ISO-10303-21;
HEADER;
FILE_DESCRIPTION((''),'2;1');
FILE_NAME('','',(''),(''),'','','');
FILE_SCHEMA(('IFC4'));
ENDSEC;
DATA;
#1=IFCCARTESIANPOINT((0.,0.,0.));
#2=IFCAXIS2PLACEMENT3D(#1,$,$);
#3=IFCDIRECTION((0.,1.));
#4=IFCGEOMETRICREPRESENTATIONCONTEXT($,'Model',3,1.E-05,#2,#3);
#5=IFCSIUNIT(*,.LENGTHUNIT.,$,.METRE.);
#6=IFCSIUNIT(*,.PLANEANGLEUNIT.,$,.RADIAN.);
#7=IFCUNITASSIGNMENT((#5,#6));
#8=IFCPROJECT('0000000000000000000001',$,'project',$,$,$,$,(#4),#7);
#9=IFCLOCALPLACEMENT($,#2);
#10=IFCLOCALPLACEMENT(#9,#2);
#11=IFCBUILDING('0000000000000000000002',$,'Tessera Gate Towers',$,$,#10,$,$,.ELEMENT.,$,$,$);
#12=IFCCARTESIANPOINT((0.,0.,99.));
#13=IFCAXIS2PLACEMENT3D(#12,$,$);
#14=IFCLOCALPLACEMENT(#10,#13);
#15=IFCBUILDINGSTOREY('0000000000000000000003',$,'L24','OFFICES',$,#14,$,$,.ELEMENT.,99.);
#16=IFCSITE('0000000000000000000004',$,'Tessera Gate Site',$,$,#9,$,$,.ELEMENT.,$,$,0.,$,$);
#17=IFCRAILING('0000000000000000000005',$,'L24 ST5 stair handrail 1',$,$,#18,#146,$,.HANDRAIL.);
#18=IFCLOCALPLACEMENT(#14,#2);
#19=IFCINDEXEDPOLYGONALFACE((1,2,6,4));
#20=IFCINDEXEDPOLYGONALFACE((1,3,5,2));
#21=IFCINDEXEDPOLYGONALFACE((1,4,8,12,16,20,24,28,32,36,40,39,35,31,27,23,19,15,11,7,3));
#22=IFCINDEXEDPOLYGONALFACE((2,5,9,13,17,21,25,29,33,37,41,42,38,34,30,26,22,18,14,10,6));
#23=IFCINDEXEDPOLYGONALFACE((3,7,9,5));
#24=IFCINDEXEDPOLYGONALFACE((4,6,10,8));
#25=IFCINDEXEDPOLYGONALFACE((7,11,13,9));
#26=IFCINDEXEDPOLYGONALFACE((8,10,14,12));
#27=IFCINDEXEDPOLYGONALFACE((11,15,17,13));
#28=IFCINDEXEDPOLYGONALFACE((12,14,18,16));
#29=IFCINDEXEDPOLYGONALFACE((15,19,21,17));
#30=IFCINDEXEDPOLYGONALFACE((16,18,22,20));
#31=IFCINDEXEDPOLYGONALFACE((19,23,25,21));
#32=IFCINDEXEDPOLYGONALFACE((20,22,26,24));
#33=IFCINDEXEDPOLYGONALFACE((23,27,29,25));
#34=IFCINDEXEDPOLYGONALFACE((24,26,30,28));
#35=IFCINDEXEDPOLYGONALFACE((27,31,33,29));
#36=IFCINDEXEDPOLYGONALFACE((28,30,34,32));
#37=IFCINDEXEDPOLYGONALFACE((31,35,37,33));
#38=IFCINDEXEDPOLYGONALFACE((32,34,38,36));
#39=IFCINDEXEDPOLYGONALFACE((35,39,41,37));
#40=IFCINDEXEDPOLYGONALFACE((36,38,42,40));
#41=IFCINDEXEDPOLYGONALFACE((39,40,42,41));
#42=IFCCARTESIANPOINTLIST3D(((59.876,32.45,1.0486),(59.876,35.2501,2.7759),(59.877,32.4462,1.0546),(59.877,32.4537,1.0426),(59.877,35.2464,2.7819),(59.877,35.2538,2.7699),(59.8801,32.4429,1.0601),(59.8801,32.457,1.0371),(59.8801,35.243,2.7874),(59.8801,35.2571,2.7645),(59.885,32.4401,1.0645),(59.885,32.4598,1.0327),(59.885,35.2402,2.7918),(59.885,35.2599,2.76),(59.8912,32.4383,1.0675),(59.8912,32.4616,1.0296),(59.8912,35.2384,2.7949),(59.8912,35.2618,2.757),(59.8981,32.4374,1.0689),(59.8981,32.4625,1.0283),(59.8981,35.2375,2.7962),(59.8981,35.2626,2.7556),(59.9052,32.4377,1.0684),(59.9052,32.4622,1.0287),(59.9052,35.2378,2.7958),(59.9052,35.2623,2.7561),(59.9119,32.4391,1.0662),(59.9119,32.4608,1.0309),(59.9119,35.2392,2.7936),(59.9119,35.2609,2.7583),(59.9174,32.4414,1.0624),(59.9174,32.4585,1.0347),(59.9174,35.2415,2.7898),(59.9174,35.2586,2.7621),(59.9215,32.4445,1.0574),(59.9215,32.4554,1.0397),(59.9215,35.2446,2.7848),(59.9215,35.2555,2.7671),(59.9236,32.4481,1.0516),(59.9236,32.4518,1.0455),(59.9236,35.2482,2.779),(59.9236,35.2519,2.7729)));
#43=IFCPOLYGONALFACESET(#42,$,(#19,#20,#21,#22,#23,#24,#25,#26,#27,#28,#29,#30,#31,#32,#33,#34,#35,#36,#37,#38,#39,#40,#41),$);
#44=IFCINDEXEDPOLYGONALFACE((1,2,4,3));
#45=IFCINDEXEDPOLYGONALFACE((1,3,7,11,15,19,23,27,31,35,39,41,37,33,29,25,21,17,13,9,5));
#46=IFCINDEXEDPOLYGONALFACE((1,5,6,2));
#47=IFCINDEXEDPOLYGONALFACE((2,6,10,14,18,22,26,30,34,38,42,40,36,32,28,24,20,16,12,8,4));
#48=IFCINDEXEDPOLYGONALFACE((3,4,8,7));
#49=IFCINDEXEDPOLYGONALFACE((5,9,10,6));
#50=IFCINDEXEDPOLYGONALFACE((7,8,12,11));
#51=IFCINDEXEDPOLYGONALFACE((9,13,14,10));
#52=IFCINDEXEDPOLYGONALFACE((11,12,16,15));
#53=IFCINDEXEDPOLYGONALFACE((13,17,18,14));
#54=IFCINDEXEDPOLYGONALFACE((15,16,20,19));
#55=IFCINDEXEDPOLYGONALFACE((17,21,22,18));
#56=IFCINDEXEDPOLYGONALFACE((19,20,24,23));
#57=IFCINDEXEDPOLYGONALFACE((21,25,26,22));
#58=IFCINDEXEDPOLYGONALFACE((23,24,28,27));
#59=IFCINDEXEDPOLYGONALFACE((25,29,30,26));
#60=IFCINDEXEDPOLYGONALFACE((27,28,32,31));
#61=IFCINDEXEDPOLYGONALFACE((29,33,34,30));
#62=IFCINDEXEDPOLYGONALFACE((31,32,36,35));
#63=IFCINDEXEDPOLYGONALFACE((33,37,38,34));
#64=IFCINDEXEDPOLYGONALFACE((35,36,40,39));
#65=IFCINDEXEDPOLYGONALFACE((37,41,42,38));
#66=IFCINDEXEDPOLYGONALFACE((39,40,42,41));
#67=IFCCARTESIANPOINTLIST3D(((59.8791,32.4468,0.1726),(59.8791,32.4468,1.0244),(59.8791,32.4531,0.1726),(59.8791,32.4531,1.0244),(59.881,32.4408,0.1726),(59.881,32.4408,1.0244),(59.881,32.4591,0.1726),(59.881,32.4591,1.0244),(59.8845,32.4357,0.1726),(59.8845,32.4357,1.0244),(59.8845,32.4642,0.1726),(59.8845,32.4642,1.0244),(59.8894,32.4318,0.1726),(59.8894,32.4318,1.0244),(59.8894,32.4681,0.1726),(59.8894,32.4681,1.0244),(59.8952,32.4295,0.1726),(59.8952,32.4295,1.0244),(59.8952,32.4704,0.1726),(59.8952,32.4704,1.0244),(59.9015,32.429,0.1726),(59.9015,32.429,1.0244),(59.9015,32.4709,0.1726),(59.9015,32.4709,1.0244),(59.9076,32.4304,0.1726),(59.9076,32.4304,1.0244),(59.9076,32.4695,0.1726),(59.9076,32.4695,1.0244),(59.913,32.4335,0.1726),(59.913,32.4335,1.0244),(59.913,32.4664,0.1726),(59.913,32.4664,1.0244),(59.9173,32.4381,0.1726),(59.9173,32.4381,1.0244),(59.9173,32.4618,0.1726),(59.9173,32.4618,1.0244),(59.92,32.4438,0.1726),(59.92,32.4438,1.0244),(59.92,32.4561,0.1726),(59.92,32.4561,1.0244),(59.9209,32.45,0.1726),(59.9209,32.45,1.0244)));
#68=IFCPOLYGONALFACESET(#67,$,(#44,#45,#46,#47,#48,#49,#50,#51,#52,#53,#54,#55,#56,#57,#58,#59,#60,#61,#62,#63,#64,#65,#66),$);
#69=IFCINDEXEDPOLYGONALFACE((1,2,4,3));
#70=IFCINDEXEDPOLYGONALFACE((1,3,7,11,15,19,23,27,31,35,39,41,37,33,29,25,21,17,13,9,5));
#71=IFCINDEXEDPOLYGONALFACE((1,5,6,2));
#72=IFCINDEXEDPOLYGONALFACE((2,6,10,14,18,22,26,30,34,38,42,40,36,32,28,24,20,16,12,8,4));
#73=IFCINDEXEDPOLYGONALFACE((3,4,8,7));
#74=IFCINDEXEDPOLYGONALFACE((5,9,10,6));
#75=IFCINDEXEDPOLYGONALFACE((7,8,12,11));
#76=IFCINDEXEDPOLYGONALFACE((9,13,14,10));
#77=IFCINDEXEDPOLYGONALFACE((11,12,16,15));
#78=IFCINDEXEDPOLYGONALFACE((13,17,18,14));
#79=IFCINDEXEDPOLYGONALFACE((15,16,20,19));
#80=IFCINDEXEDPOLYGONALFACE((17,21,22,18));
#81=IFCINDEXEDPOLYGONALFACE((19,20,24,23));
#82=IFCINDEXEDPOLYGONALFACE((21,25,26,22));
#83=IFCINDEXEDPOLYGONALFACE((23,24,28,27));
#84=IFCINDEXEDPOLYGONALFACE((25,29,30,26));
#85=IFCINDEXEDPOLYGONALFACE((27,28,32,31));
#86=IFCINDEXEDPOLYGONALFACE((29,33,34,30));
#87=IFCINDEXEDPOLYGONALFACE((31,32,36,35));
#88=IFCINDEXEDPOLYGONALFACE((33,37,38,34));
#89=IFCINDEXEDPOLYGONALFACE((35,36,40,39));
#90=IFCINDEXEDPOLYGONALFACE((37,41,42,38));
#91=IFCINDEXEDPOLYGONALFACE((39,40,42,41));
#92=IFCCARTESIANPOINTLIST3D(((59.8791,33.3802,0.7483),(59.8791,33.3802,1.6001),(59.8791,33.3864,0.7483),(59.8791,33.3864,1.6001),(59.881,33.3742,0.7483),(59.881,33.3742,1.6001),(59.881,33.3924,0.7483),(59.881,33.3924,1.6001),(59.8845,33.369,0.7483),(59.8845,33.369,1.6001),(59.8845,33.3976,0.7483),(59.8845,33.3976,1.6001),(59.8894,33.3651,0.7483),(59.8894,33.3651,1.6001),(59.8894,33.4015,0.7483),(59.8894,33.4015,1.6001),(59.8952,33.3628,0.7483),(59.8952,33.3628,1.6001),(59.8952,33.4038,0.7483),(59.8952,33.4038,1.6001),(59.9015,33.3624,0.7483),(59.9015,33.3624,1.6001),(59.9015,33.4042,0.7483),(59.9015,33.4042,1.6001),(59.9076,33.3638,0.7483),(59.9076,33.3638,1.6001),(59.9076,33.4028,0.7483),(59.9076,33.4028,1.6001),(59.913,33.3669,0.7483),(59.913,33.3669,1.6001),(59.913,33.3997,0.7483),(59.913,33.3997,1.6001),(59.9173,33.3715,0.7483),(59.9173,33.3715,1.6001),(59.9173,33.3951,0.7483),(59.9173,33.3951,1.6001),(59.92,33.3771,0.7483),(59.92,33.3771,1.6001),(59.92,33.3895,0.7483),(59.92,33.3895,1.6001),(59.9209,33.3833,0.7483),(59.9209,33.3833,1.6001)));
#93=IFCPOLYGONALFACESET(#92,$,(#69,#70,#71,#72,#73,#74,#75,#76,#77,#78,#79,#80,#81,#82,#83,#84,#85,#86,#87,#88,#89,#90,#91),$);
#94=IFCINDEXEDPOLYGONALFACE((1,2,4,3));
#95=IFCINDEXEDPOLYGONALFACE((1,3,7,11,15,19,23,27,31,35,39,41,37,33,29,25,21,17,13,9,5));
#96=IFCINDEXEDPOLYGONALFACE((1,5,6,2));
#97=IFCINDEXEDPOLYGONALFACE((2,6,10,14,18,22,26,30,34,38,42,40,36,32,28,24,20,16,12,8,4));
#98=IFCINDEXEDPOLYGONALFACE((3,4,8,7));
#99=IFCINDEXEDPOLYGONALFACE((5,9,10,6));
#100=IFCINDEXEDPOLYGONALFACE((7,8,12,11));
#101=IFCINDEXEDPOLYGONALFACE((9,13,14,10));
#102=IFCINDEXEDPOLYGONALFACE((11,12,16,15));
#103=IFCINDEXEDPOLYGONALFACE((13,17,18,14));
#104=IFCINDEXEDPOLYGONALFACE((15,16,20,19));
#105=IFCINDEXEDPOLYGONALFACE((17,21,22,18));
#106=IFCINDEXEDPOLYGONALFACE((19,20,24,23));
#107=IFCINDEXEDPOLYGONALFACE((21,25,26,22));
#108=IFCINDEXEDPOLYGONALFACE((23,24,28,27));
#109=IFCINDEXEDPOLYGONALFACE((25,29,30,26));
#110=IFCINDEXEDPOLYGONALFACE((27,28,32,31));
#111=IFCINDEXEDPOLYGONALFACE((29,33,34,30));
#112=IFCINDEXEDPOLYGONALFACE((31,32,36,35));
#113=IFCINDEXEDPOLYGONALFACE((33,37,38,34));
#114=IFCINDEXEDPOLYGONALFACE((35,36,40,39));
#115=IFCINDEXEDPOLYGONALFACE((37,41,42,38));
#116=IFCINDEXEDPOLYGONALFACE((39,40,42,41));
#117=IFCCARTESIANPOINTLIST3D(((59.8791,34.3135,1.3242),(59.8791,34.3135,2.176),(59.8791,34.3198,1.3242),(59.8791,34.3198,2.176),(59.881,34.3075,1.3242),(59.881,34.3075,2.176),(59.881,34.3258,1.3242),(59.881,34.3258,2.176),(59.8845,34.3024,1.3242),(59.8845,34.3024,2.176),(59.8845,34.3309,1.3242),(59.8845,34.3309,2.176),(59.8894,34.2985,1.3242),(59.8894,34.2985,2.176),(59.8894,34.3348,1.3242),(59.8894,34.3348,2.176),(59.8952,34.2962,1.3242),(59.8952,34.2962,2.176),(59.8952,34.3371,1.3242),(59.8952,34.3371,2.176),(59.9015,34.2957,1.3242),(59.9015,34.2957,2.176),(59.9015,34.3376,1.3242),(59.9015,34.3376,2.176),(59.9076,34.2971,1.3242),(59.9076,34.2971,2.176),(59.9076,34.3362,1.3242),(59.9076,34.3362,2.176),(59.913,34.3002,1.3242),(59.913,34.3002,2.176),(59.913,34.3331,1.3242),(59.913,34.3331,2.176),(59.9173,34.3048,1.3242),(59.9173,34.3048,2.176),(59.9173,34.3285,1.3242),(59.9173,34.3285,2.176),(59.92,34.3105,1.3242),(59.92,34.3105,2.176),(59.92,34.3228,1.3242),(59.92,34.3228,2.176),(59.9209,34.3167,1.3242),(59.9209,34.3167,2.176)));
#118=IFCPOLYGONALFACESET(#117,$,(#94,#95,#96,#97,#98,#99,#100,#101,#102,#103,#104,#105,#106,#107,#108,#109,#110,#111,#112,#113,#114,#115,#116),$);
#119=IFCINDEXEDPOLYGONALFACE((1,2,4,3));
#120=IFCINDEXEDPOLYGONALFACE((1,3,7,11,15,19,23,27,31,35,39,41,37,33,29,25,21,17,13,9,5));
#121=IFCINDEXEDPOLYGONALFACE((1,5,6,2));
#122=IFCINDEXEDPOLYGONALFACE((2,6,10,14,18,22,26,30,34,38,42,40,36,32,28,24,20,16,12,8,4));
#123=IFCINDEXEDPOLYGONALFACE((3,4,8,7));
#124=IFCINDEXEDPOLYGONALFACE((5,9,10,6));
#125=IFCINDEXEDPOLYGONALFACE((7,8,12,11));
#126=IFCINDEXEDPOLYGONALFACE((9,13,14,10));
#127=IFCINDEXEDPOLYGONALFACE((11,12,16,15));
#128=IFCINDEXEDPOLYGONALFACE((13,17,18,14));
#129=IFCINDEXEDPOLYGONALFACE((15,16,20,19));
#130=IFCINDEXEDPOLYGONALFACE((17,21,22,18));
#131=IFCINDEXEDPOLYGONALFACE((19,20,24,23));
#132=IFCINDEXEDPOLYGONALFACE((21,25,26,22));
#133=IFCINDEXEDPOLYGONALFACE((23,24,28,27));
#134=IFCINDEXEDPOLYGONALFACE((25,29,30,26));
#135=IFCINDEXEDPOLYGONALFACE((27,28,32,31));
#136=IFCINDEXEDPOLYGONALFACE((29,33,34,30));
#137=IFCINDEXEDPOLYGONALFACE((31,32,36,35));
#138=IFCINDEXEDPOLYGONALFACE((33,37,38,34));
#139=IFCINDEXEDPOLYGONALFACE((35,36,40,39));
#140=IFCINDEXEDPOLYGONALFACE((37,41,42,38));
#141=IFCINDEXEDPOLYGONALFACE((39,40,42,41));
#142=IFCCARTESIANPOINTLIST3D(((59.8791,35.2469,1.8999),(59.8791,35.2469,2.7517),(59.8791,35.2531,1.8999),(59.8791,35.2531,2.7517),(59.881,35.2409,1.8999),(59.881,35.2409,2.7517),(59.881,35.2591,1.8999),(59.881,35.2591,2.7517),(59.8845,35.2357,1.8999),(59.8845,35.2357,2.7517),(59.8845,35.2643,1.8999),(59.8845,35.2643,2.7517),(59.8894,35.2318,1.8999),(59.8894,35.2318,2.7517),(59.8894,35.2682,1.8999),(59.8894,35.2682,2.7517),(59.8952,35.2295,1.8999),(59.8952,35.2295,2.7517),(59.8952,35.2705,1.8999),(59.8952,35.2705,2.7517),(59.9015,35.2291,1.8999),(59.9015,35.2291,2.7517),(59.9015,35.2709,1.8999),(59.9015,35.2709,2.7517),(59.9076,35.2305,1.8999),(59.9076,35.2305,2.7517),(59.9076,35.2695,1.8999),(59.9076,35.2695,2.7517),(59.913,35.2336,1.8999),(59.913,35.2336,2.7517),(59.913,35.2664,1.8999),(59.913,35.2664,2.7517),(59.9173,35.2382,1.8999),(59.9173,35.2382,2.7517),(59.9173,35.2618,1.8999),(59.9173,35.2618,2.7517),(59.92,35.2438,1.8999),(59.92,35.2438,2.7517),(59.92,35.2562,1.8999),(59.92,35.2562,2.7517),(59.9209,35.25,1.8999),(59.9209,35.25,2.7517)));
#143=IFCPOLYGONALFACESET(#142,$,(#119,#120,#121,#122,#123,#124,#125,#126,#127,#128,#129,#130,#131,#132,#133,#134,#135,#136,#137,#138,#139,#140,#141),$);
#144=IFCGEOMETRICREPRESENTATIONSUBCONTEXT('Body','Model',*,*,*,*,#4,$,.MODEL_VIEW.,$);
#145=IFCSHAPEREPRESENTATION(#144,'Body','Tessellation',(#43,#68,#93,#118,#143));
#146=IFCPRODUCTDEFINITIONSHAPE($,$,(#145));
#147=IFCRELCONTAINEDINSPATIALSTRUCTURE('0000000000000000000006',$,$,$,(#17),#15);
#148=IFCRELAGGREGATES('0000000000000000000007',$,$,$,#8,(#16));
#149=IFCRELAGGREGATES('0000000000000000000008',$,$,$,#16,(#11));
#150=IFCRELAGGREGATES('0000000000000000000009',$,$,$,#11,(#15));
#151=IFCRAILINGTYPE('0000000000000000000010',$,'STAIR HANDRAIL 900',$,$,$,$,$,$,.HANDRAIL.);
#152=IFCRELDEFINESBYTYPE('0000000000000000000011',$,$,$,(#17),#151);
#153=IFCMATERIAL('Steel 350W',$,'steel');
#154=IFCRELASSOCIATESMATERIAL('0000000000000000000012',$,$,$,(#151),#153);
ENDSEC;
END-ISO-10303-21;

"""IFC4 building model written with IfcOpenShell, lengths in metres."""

from ifc_helpers import new_model, si_unit, direction, frame, origin, origin_2d, place, context, subcontext, project, spatial, circle, extrude, material, type_object, element, save


model = new_model("IFC4")

# Units and contexts
model_context = context("Model", 3, precision=1e-05, world=origin(), true_north=direction((0.0, 1.0)))
body_context = subcontext(model_context, "Body", "Model", "MODEL_VIEW")
ifc_project = project(units=[si_unit("LENGTHUNIT", "METRE"), si_unit("PLANEANGLEUNIT", "RADIAN")], contexts=[model_context])

# Site, building, storey
site_placement = place(None, origin())
site = spatial("IfcSite", under=ifc_project, at=site_placement, Name="Tessera Gate Site", CompositionType="ELEMENT", RefElevation=0.0)
building_placement = place(site_placement, origin())
building = spatial("IfcBuilding", under=site, at=building_placement, Name="Tessera Gate Towers", CompositionType="ELEMENT")
storey_placement = place(building_placement, frame((0.0, 0.0, 99.0)))
storey = spatial("IfcBuildingStorey", under=building, at=storey_placement, Name="L24", Description="OFFICES", CompositionType="ELEMENT", Elevation=99.0)

# Railing
ifc_material_1 = material(Name="Steel 350W", Category="steel")
railing_type_1 = type_object("IfcRailingType", Name="STAIR HANDRAIL 900", PredefinedType="HANDRAIL", material=ifc_material_1)
railing_1_placement = place(storey_placement, frame((59.8999, 32.45, 0.1726)))
element("IfcRailing", 1, at=railing_1_placement, inside=storey, type_object=railing_type_1, Name="L24 ST5 stair handrail 1", PredefinedType="HANDRAIL", context=body_context, shape_type="SweptSolid", body=[
    extrude(circle(Radius=0.0239, at=origin_2d()), frame((0.0, 0.0, 0.876), z_axis=(0.0, 0.85109, 0.52502), x_axis=(-1.0, 0.0, 0.0)), (0.0, 0.0, 1.0), 3.29),
    extrude(circle(Radius=0.021, at=origin_2d()), origin(), (0.0, 0.0, 1.0), 0.8518),
    extrude(circle(Radius=0.021, at=origin_2d()), frame((0.0, 0.9333, 0.5757)), (0.0, 0.0, 1.0), 0.8518),
    extrude(circle(Radius=0.021, at=origin_2d()), frame((0.0, 1.8667, 1.1516)), (0.0, 0.0, 1.0), 0.8518),
    extrude(circle(Radius=0.021, at=origin_2d()), frame((0.0, 2.8, 1.7273)), (0.0, 0.0, 1.0), 0.8518),
])

save(model, "model.ifc")
